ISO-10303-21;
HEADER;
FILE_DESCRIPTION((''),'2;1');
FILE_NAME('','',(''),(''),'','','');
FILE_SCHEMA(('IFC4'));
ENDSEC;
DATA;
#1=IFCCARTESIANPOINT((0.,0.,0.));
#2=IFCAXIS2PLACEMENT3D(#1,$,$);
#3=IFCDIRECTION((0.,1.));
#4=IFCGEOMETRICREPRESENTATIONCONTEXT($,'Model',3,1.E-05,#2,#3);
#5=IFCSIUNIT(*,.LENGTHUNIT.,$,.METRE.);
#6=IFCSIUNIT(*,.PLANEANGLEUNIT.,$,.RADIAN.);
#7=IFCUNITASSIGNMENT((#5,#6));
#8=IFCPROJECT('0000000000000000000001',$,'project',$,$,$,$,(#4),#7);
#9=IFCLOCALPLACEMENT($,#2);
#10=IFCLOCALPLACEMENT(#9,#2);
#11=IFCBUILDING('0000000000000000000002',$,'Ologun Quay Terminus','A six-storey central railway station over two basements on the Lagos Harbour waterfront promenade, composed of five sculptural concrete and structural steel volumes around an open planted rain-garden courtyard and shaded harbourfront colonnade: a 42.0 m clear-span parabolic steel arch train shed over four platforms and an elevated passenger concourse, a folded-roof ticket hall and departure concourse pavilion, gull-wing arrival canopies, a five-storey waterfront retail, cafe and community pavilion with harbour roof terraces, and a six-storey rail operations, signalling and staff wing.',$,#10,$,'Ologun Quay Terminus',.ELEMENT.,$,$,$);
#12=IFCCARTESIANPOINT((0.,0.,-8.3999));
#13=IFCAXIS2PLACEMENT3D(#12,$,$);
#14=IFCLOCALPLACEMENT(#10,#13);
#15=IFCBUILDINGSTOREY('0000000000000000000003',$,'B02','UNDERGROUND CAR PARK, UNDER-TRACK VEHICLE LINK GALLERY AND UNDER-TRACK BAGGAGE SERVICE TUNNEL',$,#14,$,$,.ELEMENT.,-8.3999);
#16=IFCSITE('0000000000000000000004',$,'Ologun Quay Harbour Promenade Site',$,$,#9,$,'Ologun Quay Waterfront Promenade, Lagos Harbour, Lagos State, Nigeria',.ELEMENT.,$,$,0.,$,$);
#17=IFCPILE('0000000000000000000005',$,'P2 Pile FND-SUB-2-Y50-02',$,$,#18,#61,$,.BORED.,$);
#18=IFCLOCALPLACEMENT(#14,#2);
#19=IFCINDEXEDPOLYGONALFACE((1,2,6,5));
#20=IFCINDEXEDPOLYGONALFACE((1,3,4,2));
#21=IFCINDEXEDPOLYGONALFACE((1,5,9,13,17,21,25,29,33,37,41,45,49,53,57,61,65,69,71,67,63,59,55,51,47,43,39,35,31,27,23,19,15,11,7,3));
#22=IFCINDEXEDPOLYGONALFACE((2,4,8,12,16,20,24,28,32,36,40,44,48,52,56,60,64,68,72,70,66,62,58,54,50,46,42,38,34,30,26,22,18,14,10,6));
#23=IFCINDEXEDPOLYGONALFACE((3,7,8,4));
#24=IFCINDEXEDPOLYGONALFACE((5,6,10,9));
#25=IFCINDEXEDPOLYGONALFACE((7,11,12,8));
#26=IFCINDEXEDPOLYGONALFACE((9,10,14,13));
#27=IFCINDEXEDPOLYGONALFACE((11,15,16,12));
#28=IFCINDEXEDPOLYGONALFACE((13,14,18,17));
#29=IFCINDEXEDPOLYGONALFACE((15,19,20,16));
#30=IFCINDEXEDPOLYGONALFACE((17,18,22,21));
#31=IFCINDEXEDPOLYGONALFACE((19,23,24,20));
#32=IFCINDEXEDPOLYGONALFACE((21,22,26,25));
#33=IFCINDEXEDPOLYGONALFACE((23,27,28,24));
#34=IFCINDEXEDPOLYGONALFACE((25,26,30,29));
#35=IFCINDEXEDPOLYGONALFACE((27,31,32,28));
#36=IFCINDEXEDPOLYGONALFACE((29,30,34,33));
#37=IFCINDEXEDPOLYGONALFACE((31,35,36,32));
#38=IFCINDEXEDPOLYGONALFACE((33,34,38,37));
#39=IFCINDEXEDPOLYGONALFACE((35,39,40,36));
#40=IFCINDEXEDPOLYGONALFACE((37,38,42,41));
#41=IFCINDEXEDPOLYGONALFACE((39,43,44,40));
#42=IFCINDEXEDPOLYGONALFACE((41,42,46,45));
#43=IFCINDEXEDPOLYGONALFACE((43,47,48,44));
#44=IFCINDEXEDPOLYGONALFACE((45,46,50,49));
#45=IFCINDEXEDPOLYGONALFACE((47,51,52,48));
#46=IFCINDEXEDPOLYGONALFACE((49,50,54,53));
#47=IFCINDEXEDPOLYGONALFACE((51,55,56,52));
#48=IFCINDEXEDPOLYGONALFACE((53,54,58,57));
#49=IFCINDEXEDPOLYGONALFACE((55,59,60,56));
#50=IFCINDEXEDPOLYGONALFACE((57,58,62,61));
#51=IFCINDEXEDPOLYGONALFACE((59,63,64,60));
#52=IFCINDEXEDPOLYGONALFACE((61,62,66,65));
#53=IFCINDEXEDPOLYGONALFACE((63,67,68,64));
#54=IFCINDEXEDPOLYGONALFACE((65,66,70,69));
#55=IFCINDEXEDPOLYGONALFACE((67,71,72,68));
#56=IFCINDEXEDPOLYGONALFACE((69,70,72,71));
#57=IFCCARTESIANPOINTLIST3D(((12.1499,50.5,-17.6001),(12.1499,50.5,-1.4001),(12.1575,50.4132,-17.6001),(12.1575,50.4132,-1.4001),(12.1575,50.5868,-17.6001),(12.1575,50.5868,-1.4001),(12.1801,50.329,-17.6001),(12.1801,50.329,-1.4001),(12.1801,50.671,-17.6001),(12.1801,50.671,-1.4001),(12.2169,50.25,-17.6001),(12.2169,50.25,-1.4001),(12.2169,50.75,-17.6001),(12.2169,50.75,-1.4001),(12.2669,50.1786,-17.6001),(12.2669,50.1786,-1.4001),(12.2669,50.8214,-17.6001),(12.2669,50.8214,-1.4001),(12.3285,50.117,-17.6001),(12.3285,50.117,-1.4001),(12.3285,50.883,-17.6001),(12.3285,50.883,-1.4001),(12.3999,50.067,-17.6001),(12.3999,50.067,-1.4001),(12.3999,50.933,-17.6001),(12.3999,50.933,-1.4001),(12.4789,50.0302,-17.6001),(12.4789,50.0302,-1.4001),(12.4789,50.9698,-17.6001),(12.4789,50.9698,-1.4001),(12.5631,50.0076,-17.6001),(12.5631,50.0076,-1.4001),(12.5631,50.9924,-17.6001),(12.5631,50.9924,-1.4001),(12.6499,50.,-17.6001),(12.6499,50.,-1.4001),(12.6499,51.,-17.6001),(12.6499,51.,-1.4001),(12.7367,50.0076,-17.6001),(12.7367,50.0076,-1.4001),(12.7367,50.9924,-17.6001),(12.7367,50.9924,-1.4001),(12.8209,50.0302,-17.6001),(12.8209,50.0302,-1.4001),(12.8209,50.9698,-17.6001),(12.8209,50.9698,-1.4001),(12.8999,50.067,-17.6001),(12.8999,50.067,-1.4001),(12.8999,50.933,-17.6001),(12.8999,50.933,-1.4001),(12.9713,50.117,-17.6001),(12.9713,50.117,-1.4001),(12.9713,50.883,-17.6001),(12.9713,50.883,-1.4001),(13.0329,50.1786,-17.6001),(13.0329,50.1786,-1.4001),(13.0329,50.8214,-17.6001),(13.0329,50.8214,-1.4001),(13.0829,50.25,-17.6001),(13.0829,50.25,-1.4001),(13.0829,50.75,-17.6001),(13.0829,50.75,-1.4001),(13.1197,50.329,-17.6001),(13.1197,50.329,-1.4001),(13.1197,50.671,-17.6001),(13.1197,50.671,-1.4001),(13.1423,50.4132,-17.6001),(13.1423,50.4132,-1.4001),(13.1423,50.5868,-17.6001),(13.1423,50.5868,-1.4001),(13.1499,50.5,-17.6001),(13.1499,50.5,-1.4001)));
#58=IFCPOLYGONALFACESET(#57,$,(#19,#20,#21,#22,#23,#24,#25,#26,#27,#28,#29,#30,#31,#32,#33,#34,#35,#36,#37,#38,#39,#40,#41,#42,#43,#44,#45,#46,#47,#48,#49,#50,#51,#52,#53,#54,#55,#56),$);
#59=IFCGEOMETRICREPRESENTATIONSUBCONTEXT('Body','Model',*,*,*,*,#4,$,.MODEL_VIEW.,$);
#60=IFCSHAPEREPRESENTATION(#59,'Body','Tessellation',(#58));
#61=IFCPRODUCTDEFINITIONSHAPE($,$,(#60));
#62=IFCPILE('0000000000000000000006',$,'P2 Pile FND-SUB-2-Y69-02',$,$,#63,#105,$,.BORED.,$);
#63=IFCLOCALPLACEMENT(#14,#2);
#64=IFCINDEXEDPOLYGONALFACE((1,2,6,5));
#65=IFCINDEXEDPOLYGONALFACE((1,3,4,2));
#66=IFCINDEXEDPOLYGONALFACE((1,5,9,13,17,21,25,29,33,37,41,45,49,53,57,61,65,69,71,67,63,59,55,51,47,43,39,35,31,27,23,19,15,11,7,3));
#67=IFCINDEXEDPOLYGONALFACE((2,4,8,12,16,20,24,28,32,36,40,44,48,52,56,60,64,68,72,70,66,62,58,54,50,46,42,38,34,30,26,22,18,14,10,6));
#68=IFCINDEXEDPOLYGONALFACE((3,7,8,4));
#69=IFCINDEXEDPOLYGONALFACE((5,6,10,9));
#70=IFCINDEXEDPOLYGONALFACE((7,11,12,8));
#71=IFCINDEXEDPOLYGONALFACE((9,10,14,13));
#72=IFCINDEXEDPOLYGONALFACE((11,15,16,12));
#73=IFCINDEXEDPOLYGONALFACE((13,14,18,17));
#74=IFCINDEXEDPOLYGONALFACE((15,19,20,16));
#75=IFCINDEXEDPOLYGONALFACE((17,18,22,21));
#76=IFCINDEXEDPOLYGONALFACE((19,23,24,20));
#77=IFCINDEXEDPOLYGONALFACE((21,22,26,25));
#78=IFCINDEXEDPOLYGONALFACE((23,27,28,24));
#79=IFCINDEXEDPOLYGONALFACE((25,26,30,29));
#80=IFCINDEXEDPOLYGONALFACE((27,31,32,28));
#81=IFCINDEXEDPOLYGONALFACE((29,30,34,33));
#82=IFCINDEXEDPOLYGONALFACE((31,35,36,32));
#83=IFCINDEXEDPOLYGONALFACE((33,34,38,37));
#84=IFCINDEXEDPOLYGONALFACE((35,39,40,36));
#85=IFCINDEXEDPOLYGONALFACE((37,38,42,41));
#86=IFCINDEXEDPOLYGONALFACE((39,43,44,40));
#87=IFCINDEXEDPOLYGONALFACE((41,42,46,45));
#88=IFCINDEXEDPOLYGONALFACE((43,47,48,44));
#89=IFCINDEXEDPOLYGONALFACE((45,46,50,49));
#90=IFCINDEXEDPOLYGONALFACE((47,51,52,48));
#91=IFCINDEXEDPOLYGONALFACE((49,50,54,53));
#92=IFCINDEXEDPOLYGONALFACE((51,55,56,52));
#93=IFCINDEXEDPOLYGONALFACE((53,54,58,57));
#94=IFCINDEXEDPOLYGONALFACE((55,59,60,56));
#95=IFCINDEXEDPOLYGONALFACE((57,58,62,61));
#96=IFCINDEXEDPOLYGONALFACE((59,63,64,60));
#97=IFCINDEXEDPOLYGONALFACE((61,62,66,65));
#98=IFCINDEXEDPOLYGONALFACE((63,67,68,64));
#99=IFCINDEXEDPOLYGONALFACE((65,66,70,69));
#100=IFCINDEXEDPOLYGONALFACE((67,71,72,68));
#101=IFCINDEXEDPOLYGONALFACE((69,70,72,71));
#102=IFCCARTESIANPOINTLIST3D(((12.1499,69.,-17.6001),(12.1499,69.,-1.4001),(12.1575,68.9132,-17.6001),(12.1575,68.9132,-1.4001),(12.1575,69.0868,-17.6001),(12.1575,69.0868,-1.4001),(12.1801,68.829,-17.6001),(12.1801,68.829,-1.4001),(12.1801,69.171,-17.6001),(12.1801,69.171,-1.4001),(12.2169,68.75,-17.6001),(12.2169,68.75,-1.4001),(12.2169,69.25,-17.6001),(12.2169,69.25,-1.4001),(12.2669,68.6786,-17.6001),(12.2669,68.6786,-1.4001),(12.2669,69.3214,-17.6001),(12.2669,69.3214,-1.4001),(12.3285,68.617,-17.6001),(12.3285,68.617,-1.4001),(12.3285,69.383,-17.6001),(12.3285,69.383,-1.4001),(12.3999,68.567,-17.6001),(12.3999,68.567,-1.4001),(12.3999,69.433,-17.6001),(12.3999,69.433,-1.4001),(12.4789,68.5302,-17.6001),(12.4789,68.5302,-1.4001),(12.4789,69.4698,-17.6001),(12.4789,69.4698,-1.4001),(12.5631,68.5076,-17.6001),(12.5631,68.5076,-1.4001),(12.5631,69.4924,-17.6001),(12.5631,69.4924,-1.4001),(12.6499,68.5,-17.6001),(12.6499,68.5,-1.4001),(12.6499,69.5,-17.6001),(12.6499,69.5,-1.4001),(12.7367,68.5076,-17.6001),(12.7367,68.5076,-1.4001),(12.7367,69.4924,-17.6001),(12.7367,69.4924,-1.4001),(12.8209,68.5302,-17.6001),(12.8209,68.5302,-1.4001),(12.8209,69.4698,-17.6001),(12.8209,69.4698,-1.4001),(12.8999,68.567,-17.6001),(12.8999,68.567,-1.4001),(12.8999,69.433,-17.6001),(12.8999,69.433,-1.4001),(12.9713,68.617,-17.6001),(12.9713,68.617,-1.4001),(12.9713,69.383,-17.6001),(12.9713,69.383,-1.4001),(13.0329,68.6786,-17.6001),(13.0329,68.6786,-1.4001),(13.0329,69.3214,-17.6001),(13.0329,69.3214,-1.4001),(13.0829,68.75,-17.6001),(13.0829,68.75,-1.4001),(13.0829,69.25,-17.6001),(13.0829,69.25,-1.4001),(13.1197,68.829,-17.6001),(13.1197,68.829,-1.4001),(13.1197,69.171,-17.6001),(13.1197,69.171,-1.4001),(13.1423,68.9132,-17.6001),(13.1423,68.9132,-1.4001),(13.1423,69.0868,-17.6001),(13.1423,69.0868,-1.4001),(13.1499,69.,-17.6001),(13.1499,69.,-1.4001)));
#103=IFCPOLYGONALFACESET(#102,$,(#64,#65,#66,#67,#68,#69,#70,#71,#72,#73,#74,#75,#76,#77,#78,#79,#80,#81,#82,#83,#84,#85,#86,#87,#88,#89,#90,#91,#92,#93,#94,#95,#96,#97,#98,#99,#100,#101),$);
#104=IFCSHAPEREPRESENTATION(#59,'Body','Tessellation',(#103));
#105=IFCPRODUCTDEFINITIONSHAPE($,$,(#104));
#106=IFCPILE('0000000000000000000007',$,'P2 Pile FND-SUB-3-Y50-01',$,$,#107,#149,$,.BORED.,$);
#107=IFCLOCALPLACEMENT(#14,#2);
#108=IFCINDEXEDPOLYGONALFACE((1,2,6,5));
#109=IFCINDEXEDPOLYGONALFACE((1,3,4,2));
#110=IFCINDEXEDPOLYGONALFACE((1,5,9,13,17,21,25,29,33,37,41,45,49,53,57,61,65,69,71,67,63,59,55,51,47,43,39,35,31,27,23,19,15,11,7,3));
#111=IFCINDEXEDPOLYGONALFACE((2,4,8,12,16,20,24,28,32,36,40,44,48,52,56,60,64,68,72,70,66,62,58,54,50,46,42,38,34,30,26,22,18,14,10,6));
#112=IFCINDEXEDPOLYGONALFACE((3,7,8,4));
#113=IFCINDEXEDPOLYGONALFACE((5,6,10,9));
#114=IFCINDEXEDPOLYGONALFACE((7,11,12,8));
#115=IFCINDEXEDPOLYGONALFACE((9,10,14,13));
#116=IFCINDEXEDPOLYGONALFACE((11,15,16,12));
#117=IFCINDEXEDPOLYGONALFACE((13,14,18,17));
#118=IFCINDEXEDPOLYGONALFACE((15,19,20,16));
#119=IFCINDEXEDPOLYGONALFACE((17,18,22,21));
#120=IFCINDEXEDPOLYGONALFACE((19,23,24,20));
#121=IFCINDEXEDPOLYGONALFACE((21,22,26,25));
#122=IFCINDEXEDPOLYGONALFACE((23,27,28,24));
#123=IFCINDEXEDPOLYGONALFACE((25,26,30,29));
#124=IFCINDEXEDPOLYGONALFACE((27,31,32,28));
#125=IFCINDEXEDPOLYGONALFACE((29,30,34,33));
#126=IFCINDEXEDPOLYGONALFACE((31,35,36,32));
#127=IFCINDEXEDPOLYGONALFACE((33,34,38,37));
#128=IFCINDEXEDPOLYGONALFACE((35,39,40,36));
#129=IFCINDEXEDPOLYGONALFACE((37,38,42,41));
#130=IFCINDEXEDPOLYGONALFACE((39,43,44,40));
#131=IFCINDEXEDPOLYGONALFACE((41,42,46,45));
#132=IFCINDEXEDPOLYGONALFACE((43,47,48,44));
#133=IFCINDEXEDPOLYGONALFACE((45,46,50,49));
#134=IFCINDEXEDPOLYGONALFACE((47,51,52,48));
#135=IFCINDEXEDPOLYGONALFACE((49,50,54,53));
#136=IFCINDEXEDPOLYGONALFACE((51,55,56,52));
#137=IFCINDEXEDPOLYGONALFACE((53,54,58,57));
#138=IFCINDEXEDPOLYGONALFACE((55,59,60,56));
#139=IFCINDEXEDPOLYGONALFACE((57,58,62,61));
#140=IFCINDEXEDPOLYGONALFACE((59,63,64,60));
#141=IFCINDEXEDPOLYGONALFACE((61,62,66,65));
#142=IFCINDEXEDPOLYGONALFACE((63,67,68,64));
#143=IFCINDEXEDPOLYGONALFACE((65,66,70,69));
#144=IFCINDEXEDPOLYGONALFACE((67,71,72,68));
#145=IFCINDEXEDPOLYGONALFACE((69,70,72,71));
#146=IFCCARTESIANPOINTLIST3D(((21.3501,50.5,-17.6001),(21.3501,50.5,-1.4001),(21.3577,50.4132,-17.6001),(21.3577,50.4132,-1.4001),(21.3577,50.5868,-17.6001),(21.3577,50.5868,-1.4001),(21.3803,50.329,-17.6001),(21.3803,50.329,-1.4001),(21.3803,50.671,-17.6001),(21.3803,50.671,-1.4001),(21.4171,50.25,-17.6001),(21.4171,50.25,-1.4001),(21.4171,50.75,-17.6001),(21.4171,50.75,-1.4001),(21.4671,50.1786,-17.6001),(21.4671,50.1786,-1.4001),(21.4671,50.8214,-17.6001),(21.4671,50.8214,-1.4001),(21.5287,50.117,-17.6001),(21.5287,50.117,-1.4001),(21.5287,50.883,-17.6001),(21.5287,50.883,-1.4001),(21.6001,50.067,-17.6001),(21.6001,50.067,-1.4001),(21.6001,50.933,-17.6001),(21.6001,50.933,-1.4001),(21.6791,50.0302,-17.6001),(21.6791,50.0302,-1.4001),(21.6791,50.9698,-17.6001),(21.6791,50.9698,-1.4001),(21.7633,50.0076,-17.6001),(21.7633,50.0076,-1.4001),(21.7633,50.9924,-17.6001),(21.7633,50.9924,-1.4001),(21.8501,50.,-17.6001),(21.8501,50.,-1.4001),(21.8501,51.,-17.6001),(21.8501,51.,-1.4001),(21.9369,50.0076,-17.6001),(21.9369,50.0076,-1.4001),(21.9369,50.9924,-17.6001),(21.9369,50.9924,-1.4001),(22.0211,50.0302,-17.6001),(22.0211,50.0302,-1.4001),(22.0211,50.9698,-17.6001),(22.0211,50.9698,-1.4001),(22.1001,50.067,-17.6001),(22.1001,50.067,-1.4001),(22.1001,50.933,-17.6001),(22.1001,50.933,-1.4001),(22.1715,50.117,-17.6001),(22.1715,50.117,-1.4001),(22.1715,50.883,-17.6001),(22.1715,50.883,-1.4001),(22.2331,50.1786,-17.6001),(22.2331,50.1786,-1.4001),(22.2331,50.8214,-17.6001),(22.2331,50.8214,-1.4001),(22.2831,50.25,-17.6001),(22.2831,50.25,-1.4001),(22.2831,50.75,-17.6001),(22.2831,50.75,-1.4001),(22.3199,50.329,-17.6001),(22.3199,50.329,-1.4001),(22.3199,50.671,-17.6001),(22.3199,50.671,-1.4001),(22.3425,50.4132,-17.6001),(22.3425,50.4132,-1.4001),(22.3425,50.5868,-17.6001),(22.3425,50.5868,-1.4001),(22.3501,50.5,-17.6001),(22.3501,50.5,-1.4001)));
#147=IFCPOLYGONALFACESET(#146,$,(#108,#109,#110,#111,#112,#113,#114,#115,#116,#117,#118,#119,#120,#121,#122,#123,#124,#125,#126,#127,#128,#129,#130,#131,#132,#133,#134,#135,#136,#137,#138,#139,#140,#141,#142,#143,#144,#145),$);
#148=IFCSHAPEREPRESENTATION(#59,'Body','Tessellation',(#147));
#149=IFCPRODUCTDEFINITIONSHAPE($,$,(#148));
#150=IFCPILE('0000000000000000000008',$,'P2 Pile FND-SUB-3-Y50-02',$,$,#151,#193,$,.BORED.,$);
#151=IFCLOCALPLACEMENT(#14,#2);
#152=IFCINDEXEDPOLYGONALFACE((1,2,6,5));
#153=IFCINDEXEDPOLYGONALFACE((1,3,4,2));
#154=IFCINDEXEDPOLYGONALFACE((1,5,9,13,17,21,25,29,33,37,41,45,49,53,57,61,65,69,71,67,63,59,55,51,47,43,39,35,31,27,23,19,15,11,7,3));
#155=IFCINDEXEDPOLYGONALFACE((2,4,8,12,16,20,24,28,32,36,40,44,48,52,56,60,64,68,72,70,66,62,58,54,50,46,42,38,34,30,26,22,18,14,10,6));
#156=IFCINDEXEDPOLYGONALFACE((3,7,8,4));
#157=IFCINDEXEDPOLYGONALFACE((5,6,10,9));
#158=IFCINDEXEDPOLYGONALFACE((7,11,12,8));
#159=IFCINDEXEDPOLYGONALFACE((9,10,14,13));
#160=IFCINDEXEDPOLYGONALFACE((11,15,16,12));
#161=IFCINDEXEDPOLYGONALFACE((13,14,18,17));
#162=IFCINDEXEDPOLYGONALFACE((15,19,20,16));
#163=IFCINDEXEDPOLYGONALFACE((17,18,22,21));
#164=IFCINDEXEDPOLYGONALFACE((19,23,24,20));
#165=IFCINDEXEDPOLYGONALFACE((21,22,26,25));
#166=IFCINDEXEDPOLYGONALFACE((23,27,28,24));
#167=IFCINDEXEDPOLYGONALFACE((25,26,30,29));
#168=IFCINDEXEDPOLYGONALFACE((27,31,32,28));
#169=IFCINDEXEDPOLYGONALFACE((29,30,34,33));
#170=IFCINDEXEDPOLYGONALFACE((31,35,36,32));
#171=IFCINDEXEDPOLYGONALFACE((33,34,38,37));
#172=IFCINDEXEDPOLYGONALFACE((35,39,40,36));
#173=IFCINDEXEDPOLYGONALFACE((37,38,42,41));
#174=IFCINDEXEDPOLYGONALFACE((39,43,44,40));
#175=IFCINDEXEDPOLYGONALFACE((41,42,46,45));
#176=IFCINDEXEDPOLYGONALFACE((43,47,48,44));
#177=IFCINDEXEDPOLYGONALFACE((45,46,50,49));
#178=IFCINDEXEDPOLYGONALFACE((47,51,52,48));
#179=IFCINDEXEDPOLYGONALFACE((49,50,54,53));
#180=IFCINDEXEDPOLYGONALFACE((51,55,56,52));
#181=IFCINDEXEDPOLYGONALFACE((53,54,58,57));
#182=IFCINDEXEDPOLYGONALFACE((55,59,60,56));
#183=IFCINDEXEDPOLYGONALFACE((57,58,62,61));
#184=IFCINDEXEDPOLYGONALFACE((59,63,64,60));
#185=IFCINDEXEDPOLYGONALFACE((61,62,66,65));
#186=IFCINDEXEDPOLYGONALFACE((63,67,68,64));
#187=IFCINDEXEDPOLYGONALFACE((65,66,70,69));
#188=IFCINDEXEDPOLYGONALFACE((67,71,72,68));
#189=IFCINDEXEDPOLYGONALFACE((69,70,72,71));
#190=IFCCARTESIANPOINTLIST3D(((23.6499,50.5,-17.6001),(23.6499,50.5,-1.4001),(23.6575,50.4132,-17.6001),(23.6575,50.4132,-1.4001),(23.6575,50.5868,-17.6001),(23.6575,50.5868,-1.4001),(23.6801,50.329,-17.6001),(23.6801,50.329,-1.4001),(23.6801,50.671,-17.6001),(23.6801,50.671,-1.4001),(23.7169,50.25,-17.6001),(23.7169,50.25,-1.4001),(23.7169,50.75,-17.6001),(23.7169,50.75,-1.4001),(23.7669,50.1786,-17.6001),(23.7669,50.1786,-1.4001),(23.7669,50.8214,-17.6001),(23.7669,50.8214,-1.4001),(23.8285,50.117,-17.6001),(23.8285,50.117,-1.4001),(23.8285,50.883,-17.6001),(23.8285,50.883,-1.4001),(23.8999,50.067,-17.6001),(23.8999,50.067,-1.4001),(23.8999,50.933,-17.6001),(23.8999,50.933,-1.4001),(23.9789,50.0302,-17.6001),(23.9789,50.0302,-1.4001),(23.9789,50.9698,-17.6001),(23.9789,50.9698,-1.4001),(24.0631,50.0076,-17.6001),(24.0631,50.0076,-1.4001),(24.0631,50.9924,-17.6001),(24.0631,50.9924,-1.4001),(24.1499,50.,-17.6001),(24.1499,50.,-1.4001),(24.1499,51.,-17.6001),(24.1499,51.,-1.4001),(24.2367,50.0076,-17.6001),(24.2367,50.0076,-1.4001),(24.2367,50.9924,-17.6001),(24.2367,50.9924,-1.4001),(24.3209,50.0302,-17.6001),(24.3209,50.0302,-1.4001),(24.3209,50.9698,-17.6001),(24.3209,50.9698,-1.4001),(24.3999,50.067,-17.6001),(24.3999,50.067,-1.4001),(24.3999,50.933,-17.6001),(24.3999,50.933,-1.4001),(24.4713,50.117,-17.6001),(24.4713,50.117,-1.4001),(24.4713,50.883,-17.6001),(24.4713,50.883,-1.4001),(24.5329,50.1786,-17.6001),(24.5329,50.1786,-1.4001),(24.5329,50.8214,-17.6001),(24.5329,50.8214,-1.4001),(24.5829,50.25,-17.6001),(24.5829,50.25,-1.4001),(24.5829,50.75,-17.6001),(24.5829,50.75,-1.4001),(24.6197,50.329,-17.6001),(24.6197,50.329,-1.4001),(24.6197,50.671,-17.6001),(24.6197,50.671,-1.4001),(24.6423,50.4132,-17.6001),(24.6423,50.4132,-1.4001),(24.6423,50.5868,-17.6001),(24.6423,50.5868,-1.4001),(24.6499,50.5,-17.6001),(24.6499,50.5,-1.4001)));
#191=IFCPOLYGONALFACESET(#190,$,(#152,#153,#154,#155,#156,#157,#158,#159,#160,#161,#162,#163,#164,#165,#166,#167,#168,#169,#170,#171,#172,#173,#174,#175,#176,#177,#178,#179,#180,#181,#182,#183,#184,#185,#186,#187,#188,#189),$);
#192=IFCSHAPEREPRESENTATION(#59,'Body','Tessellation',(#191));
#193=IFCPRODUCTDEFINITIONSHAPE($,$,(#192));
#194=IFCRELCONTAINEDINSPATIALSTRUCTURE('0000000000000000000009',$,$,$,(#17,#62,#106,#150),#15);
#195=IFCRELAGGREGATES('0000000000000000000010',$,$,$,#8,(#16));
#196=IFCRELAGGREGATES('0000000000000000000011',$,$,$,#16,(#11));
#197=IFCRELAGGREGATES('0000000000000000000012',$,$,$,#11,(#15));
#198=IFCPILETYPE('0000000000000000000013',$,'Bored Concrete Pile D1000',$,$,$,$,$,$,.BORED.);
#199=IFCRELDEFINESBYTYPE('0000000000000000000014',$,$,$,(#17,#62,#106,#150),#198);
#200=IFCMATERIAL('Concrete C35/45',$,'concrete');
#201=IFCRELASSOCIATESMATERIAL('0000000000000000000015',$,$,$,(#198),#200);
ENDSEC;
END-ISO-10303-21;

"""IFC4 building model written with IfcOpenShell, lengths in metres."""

from ifc_helpers import new_model, si_unit, direction, frame, origin, origin_2d, place, context, subcontext, project, spatial, circle, extrude, material, material_profile, profile_set, type_object, element, save


model = new_model("IFC4")

# Units and contexts
model_context = context("Model", 3, precision=1e-05, world=origin(), true_north=direction((0.0, 1.0)))
body_context = subcontext(model_context, "Body", "Model", "MODEL_VIEW")
ifc_project = project(units=[si_unit("LENGTHUNIT", "METRE"), si_unit("PLANEANGLEUNIT", "RADIAN")], contexts=[model_context])

# Site, building, storey
site_placement = place(None, origin())
site = spatial("IfcSite", under=ifc_project, at=site_placement, Name="Ologun Quay Harbour Promenade Site", LongName="Ologun Quay Waterfront Promenade, Lagos Harbour, Lagos State, Nigeria", CompositionType="ELEMENT", RefElevation=0.0)
building_placement = place(site_placement, origin())
building = spatial("IfcBuilding", under=site, at=building_placement, Name="Ologun Quay Terminus", Description="A six-storey central railway station over two basements on the Lagos Harbour waterfront promenade, composed of five sculptural concrete and structural steel volumes around an open planted rain-garden courtyard and shaded harbourfront colonnade: a 42.0 m clear-span parabolic steel arch train shed over four platforms and an elevated passenger concourse, a folded-roof ticket hall and departure concourse pavilion, gull-wing arrival canopies, a five-storey waterfront retail, cafe and community pavilion with harbour roof terraces, and a six-storey rail operations, signalling and staff wing.", LongName="Ologun Quay Terminus", CompositionType="ELEMENT")
storey_placement = place(building_placement, frame((0.0, 0.0, -8.3999)))
storey = spatial("IfcBuildingStorey", under=building, at=storey_placement, Name="B02", Description="UNDERGROUND CAR PARK, UNDER-TRACK VEHICLE LINK GALLERY AND UNDER-TRACK BAGGAGE SERVICE TUNNEL", CompositionType="ELEMENT", Elevation=-8.3999)

# Piles
ifc_material_1 = material(Name="Concrete C35/45", Category="concrete")
ifc_material_profile_1 = material_profile(ifc_material_1, circle(Radius=0.5, at=origin_2d()), Name="PILE D1000")
ifc_profile_set_1 = profile_set([ifc_material_profile_1], Name="Concrete C35/45")
pile_type_1 = type_object("IfcPileType", Name="Bored Concrete Pile D1000", PredefinedType="BORED", material=ifc_profile_set_1)
for number, where, z_axis, x_axis, name in (
    (1, (12.6499, 50.5, -1.4001), (0.0, 0.0, -1.0), (1.0, 0.0, 0.0), "P2 Pile FND-SUB-2-Y50-02"),
    (2, (12.6499, 69.0, -1.4001), (0.0, 0.0, -1.0), (1.0, 0.0, 0.0), "P2 Pile FND-SUB-2-Y69-02"),
    (3, (21.8501, 50.5, -1.4001), (0.0, 0.0, -1.0), (1.0, 0.0, 0.0), "P2 Pile FND-SUB-3-Y50-01"),
    (4, (24.1499, 50.5, -1.4001), (0.0, 0.0, -1.0), (1.0, 0.0, 0.0), "P2 Pile FND-SUB-3-Y50-02"),
):
    element("IfcPile", number, at=place(storey_placement, frame(where, z_axis=z_axis, x_axis=x_axis)), inside=storey, type_object=pile_type_1, Name=name, PredefinedType="BORED", context=body_context, shape_type="SweptSolid", body=[
        extrude(circle(Radius=0.5, at=origin_2d()), origin(), (0.0, 0.0, 1.0), 16.2),
    ])

save(model, "model.ifc")
